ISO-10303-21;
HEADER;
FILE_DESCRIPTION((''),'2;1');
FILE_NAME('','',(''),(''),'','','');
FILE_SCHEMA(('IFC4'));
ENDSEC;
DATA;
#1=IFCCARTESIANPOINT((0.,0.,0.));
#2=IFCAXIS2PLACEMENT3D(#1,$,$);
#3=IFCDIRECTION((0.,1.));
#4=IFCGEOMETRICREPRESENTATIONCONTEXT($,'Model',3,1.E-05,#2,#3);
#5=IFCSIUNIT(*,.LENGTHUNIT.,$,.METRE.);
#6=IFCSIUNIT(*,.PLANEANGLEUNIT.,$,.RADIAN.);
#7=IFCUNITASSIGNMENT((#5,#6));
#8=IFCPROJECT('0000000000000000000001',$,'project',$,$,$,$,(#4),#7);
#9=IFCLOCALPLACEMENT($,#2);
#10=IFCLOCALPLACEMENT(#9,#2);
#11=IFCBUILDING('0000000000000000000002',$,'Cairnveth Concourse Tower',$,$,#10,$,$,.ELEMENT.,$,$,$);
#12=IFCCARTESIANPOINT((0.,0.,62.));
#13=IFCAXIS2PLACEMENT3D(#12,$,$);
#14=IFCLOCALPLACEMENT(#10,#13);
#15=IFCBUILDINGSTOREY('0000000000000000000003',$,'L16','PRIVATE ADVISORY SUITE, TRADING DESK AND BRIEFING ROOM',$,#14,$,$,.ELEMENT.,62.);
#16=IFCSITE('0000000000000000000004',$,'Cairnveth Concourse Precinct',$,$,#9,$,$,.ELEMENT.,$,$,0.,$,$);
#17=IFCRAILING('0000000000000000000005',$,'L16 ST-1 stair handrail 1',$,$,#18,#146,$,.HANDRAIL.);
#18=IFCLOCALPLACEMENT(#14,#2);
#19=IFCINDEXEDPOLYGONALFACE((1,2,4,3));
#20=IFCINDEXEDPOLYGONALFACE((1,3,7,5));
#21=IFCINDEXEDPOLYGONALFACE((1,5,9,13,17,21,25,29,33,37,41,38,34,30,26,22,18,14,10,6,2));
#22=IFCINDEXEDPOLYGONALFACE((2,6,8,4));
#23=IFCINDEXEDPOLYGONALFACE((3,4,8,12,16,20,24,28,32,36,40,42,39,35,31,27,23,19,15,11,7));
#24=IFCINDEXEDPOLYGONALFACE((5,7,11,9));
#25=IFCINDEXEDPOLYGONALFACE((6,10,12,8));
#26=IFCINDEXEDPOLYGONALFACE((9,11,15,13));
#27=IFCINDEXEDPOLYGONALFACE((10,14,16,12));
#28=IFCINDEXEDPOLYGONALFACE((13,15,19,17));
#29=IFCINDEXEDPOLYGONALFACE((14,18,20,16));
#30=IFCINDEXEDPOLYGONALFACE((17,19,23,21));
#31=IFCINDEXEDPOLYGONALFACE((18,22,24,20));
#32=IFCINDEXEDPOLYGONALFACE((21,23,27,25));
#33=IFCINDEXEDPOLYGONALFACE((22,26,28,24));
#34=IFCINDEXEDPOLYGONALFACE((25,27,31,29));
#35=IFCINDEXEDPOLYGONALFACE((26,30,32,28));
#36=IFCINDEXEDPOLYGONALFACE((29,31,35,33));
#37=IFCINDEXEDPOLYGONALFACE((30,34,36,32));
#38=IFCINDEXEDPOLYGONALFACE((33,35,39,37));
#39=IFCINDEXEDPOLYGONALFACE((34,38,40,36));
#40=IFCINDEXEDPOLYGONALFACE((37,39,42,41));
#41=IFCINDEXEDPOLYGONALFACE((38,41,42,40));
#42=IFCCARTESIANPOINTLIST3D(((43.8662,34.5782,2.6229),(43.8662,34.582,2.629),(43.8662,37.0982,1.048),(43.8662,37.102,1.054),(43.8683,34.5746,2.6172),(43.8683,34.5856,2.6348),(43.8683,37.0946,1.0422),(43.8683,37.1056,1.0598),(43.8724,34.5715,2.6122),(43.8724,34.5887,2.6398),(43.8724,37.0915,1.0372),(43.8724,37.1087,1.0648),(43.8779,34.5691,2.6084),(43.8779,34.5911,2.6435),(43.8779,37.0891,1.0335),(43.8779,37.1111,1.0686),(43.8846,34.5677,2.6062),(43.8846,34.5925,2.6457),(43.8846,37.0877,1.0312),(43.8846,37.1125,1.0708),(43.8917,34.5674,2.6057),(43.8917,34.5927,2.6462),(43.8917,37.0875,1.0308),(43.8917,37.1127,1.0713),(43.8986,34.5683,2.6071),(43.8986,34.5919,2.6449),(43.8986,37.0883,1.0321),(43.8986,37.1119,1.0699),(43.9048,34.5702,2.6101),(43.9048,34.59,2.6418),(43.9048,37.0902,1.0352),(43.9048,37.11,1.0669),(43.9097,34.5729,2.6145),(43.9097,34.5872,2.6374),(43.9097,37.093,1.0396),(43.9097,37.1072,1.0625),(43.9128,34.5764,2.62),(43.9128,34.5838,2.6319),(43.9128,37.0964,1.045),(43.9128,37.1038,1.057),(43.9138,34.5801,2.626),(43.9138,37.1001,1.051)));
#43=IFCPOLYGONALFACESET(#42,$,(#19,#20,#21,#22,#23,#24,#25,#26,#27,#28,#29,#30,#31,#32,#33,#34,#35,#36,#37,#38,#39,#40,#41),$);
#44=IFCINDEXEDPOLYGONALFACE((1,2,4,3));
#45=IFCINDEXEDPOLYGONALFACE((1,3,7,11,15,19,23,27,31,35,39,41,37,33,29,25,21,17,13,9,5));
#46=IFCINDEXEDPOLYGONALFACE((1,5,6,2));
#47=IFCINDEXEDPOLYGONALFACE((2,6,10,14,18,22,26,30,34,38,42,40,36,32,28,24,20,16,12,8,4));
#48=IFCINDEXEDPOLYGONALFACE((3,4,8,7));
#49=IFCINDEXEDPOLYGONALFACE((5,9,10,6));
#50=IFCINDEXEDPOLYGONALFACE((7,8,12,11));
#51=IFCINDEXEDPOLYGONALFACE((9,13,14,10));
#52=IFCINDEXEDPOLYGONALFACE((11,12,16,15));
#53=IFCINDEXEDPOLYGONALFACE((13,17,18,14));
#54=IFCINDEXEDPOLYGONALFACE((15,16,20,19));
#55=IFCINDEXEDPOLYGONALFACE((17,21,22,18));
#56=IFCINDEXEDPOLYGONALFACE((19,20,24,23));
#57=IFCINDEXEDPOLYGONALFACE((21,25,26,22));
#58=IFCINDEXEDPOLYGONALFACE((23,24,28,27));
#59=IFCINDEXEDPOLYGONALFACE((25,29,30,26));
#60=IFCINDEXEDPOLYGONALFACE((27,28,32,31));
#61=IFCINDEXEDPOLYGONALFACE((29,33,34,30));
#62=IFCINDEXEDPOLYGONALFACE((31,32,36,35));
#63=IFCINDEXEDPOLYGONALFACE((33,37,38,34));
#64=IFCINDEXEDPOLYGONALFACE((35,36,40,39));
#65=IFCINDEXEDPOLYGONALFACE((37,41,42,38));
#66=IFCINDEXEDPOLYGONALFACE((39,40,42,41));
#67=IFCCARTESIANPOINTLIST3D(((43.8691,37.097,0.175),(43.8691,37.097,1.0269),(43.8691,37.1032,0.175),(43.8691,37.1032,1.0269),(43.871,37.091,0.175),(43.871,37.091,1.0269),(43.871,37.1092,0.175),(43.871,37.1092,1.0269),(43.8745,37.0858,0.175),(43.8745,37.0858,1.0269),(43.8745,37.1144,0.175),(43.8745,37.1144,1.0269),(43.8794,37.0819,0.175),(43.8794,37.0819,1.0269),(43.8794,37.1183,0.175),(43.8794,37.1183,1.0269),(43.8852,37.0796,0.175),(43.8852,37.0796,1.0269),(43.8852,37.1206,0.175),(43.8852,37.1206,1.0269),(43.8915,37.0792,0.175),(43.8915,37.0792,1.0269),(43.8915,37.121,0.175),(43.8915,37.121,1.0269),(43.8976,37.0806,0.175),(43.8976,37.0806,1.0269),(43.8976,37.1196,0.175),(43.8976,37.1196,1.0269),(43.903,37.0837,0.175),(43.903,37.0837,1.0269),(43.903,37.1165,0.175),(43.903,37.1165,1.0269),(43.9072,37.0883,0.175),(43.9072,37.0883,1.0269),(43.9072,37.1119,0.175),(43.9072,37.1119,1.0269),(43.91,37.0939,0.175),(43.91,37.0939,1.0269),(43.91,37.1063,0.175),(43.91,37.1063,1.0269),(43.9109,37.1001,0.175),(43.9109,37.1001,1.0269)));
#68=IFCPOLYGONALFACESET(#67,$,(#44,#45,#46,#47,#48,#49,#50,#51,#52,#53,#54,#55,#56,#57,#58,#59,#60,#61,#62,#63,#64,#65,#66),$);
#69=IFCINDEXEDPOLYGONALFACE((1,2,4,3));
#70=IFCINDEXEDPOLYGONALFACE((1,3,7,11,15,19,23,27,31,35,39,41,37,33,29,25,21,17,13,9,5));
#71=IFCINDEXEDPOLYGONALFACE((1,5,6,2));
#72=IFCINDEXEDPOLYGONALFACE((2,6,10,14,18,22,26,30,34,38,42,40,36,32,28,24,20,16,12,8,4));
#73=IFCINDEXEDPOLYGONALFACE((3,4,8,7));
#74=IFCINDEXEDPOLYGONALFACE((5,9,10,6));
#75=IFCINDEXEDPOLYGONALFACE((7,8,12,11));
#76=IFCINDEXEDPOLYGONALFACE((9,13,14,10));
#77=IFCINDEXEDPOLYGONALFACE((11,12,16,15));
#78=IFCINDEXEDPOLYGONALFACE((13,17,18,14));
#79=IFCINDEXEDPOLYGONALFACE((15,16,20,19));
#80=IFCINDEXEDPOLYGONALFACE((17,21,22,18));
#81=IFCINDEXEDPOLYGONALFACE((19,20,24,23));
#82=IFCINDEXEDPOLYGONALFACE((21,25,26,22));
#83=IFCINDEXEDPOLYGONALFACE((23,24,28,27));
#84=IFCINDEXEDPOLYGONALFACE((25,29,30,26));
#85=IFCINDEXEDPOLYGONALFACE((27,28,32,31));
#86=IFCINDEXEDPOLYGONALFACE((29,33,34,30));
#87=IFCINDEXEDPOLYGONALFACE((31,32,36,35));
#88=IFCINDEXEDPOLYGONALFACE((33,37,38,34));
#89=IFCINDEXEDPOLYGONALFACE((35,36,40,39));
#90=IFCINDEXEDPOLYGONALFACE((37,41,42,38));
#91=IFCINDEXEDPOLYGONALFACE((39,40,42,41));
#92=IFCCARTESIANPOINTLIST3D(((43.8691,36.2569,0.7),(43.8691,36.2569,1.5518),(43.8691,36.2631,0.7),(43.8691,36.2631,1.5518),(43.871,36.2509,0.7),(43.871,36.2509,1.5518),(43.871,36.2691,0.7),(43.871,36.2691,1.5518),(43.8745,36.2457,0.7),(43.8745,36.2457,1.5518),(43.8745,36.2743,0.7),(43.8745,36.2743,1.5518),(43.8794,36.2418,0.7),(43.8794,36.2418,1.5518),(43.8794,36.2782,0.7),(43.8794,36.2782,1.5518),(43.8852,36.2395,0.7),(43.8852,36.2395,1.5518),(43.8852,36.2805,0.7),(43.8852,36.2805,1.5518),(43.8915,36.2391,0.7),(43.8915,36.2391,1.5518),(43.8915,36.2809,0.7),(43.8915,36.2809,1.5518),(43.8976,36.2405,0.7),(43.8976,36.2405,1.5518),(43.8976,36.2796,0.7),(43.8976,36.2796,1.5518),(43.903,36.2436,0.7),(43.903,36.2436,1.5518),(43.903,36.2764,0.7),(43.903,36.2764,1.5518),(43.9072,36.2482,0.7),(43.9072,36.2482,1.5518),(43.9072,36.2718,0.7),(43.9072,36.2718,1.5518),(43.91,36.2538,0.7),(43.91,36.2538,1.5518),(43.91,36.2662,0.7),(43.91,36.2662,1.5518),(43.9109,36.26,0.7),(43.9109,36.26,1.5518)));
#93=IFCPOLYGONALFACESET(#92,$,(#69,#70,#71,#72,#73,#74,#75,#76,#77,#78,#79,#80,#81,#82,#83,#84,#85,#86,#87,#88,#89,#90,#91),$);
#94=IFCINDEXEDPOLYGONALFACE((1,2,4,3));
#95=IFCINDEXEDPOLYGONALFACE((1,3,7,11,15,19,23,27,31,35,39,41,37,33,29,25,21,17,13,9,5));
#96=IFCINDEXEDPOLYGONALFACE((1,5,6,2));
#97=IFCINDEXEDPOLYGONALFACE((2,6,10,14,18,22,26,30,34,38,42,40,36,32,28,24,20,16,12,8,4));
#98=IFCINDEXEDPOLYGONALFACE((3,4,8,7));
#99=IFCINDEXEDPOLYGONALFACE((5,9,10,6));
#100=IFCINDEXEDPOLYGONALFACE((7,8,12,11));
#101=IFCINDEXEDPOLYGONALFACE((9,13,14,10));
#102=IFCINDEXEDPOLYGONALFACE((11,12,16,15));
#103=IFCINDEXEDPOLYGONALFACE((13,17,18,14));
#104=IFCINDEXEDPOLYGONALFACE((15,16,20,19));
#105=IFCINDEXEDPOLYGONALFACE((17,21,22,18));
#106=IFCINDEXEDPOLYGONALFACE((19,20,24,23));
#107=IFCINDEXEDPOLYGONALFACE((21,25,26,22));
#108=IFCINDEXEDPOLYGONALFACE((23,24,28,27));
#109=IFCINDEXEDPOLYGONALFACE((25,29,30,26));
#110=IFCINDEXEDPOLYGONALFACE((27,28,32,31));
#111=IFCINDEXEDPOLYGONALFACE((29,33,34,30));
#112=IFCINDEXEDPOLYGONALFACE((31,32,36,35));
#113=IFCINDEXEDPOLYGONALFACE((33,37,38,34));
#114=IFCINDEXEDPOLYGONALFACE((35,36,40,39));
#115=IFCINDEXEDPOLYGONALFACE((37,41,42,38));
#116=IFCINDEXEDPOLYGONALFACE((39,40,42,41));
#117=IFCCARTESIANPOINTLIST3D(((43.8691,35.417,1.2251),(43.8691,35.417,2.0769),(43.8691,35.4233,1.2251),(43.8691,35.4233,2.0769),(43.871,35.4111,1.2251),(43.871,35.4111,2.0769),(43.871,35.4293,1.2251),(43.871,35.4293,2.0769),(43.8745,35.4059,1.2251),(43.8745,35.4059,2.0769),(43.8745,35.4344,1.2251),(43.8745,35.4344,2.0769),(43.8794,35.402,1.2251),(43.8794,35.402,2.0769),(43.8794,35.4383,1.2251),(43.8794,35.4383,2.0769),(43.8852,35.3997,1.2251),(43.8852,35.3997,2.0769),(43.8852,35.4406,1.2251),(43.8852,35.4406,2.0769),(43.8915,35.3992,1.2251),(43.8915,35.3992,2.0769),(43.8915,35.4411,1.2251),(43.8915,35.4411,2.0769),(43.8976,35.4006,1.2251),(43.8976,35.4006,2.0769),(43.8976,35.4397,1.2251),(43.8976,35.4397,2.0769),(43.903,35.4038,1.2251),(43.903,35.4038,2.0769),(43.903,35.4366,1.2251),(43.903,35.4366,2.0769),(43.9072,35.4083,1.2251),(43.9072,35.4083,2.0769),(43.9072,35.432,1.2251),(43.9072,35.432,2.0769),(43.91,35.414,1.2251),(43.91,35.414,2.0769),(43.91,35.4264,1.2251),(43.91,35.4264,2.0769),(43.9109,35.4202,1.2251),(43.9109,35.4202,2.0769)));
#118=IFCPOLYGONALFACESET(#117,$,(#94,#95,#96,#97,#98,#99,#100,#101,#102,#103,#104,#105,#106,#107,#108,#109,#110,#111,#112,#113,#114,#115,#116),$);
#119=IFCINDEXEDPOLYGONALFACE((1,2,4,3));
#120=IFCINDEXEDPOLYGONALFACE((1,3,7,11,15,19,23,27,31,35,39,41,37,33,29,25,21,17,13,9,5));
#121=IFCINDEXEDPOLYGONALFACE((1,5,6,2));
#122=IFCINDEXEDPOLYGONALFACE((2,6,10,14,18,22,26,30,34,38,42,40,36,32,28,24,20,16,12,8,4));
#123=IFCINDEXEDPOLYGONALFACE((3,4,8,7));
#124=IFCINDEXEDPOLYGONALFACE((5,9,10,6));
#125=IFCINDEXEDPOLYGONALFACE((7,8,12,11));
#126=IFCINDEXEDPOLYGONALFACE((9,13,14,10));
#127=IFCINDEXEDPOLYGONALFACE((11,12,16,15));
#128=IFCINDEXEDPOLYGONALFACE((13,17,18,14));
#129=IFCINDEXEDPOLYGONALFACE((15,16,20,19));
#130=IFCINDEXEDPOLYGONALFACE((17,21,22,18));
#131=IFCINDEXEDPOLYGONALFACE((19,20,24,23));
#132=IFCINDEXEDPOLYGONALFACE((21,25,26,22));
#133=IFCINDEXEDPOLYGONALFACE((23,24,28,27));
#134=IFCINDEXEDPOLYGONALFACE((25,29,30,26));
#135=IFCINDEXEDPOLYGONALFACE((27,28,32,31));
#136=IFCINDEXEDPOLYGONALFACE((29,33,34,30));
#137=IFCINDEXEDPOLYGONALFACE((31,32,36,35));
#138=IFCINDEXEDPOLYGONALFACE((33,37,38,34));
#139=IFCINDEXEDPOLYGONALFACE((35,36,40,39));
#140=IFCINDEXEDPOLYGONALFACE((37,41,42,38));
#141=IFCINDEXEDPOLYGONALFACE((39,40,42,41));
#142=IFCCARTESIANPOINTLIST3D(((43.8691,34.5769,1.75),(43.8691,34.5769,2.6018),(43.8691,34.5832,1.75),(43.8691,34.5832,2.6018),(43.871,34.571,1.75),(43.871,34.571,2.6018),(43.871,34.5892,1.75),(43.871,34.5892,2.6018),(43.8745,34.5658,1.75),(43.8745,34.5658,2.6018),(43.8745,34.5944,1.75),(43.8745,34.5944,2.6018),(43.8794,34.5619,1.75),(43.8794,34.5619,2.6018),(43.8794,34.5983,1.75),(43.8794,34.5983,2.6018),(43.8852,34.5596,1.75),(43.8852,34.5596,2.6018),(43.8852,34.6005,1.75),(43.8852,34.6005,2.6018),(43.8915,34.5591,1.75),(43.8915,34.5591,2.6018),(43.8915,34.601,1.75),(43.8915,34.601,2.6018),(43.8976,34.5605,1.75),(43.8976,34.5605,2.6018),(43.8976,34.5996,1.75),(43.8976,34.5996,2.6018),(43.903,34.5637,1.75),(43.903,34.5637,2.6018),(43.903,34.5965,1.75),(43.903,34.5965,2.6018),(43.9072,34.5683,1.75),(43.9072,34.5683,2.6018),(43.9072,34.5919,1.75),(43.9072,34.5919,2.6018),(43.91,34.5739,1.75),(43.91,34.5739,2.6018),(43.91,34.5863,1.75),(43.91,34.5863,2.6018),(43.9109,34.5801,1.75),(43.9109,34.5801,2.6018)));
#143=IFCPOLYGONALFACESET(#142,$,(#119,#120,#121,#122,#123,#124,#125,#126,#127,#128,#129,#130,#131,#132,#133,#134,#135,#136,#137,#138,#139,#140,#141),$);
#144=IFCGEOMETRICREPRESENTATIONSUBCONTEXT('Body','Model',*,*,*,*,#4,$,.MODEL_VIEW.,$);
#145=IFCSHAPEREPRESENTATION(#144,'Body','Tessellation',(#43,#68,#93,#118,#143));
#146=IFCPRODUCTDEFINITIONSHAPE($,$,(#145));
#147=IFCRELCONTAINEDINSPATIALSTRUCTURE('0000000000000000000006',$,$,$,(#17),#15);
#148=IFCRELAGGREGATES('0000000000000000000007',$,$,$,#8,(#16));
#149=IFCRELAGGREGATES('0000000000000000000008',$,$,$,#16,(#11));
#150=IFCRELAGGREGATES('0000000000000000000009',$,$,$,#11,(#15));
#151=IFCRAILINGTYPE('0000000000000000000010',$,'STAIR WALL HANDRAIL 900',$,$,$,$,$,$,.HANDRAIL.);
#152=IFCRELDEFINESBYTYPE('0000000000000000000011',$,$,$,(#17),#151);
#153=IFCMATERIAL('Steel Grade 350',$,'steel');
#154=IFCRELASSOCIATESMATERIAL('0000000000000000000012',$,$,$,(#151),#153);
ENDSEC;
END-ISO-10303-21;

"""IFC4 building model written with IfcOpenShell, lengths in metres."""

from ifc_helpers import new_model, si_unit, direction, frame, origin, origin_2d, place, context, subcontext, project, spatial, circle, extrude, material, type_object, element, save


model = new_model("IFC4")

# Units and contexts
model_context = context("Model", 3, precision=1e-05, world=origin(), true_north=direction((0.0, 1.0)))
body_context = subcontext(model_context, "Body", "Model", "MODEL_VIEW")
ifc_project = project(units=[si_unit("LENGTHUNIT", "METRE"), si_unit("PLANEANGLEUNIT", "RADIAN")], contexts=[model_context])

# Site, building, storey
site_placement = place(None, origin())
site = spatial("IfcSite", under=ifc_project, at=site_placement, Name="Cairnveth Concourse Precinct", CompositionType="ELEMENT", RefElevation=0.0)
building_placement = place(site_placement, origin())
building = spatial("IfcBuilding", under=site, at=building_placement, Name="Cairnveth Concourse Tower", CompositionType="ELEMENT")
storey_placement = place(building_placement, frame((0.0, 0.0, 62.0)))
storey = spatial("IfcBuildingStorey", under=building, at=storey_placement, Name="L16", Description="PRIVATE ADVISORY SUITE, TRADING DESK AND BRIEFING ROOM", CompositionType="ELEMENT", Elevation=62.0)

# Shared definitions
ifc_material_1 = material(Name="Steel Grade 350", Category="steel")

# Railing
railing_type_1 = type_object("IfcRailingType", Name="STAIR WALL HANDRAIL 900", PredefinedType="HANDRAIL", material=ifc_material_1)
railing_1_placement = place(storey_placement, frame((43.8899, 37.1001, 0.175)))
element("IfcRailing", 1, at=railing_1_placement, inside=storey, type_object=railing_type_1, Name="L16 ST-1 stair handrail 1", PredefinedType="HANDRAIL", context=body_context, shape_type="SweptSolid", body=[
    extrude(circle(Radius=0.0239, at=origin_2d()), frame((0.0, 0.0, 0.876), z_axis=(0.0, -0.848008, 0.529984), x_axis=(1.0, 0.0, 0.0)), (0.0, 0.0, 1.0), 2.9717),
    extrude(circle(Radius=0.021, at=origin_2d()), origin(), (0.0, 0.0, 1.0), 0.8518),
    extrude(circle(Radius=0.021, at=origin_2d()), frame((0.0, -0.8401, 0.5249)), (0.0, 0.0, 1.0), 0.8518),
    extrude(circle(Radius=0.021, at=origin_2d()), frame((0.0, -1.6799, 1.05)), (0.0, 0.0, 1.0), 0.8518),
    extrude(circle(Radius=0.021, at=origin_2d()), frame((0.0, -2.52, 1.575)), (0.0, 0.0, 1.0), 0.8518),
])

save(model, "model.ifc")
